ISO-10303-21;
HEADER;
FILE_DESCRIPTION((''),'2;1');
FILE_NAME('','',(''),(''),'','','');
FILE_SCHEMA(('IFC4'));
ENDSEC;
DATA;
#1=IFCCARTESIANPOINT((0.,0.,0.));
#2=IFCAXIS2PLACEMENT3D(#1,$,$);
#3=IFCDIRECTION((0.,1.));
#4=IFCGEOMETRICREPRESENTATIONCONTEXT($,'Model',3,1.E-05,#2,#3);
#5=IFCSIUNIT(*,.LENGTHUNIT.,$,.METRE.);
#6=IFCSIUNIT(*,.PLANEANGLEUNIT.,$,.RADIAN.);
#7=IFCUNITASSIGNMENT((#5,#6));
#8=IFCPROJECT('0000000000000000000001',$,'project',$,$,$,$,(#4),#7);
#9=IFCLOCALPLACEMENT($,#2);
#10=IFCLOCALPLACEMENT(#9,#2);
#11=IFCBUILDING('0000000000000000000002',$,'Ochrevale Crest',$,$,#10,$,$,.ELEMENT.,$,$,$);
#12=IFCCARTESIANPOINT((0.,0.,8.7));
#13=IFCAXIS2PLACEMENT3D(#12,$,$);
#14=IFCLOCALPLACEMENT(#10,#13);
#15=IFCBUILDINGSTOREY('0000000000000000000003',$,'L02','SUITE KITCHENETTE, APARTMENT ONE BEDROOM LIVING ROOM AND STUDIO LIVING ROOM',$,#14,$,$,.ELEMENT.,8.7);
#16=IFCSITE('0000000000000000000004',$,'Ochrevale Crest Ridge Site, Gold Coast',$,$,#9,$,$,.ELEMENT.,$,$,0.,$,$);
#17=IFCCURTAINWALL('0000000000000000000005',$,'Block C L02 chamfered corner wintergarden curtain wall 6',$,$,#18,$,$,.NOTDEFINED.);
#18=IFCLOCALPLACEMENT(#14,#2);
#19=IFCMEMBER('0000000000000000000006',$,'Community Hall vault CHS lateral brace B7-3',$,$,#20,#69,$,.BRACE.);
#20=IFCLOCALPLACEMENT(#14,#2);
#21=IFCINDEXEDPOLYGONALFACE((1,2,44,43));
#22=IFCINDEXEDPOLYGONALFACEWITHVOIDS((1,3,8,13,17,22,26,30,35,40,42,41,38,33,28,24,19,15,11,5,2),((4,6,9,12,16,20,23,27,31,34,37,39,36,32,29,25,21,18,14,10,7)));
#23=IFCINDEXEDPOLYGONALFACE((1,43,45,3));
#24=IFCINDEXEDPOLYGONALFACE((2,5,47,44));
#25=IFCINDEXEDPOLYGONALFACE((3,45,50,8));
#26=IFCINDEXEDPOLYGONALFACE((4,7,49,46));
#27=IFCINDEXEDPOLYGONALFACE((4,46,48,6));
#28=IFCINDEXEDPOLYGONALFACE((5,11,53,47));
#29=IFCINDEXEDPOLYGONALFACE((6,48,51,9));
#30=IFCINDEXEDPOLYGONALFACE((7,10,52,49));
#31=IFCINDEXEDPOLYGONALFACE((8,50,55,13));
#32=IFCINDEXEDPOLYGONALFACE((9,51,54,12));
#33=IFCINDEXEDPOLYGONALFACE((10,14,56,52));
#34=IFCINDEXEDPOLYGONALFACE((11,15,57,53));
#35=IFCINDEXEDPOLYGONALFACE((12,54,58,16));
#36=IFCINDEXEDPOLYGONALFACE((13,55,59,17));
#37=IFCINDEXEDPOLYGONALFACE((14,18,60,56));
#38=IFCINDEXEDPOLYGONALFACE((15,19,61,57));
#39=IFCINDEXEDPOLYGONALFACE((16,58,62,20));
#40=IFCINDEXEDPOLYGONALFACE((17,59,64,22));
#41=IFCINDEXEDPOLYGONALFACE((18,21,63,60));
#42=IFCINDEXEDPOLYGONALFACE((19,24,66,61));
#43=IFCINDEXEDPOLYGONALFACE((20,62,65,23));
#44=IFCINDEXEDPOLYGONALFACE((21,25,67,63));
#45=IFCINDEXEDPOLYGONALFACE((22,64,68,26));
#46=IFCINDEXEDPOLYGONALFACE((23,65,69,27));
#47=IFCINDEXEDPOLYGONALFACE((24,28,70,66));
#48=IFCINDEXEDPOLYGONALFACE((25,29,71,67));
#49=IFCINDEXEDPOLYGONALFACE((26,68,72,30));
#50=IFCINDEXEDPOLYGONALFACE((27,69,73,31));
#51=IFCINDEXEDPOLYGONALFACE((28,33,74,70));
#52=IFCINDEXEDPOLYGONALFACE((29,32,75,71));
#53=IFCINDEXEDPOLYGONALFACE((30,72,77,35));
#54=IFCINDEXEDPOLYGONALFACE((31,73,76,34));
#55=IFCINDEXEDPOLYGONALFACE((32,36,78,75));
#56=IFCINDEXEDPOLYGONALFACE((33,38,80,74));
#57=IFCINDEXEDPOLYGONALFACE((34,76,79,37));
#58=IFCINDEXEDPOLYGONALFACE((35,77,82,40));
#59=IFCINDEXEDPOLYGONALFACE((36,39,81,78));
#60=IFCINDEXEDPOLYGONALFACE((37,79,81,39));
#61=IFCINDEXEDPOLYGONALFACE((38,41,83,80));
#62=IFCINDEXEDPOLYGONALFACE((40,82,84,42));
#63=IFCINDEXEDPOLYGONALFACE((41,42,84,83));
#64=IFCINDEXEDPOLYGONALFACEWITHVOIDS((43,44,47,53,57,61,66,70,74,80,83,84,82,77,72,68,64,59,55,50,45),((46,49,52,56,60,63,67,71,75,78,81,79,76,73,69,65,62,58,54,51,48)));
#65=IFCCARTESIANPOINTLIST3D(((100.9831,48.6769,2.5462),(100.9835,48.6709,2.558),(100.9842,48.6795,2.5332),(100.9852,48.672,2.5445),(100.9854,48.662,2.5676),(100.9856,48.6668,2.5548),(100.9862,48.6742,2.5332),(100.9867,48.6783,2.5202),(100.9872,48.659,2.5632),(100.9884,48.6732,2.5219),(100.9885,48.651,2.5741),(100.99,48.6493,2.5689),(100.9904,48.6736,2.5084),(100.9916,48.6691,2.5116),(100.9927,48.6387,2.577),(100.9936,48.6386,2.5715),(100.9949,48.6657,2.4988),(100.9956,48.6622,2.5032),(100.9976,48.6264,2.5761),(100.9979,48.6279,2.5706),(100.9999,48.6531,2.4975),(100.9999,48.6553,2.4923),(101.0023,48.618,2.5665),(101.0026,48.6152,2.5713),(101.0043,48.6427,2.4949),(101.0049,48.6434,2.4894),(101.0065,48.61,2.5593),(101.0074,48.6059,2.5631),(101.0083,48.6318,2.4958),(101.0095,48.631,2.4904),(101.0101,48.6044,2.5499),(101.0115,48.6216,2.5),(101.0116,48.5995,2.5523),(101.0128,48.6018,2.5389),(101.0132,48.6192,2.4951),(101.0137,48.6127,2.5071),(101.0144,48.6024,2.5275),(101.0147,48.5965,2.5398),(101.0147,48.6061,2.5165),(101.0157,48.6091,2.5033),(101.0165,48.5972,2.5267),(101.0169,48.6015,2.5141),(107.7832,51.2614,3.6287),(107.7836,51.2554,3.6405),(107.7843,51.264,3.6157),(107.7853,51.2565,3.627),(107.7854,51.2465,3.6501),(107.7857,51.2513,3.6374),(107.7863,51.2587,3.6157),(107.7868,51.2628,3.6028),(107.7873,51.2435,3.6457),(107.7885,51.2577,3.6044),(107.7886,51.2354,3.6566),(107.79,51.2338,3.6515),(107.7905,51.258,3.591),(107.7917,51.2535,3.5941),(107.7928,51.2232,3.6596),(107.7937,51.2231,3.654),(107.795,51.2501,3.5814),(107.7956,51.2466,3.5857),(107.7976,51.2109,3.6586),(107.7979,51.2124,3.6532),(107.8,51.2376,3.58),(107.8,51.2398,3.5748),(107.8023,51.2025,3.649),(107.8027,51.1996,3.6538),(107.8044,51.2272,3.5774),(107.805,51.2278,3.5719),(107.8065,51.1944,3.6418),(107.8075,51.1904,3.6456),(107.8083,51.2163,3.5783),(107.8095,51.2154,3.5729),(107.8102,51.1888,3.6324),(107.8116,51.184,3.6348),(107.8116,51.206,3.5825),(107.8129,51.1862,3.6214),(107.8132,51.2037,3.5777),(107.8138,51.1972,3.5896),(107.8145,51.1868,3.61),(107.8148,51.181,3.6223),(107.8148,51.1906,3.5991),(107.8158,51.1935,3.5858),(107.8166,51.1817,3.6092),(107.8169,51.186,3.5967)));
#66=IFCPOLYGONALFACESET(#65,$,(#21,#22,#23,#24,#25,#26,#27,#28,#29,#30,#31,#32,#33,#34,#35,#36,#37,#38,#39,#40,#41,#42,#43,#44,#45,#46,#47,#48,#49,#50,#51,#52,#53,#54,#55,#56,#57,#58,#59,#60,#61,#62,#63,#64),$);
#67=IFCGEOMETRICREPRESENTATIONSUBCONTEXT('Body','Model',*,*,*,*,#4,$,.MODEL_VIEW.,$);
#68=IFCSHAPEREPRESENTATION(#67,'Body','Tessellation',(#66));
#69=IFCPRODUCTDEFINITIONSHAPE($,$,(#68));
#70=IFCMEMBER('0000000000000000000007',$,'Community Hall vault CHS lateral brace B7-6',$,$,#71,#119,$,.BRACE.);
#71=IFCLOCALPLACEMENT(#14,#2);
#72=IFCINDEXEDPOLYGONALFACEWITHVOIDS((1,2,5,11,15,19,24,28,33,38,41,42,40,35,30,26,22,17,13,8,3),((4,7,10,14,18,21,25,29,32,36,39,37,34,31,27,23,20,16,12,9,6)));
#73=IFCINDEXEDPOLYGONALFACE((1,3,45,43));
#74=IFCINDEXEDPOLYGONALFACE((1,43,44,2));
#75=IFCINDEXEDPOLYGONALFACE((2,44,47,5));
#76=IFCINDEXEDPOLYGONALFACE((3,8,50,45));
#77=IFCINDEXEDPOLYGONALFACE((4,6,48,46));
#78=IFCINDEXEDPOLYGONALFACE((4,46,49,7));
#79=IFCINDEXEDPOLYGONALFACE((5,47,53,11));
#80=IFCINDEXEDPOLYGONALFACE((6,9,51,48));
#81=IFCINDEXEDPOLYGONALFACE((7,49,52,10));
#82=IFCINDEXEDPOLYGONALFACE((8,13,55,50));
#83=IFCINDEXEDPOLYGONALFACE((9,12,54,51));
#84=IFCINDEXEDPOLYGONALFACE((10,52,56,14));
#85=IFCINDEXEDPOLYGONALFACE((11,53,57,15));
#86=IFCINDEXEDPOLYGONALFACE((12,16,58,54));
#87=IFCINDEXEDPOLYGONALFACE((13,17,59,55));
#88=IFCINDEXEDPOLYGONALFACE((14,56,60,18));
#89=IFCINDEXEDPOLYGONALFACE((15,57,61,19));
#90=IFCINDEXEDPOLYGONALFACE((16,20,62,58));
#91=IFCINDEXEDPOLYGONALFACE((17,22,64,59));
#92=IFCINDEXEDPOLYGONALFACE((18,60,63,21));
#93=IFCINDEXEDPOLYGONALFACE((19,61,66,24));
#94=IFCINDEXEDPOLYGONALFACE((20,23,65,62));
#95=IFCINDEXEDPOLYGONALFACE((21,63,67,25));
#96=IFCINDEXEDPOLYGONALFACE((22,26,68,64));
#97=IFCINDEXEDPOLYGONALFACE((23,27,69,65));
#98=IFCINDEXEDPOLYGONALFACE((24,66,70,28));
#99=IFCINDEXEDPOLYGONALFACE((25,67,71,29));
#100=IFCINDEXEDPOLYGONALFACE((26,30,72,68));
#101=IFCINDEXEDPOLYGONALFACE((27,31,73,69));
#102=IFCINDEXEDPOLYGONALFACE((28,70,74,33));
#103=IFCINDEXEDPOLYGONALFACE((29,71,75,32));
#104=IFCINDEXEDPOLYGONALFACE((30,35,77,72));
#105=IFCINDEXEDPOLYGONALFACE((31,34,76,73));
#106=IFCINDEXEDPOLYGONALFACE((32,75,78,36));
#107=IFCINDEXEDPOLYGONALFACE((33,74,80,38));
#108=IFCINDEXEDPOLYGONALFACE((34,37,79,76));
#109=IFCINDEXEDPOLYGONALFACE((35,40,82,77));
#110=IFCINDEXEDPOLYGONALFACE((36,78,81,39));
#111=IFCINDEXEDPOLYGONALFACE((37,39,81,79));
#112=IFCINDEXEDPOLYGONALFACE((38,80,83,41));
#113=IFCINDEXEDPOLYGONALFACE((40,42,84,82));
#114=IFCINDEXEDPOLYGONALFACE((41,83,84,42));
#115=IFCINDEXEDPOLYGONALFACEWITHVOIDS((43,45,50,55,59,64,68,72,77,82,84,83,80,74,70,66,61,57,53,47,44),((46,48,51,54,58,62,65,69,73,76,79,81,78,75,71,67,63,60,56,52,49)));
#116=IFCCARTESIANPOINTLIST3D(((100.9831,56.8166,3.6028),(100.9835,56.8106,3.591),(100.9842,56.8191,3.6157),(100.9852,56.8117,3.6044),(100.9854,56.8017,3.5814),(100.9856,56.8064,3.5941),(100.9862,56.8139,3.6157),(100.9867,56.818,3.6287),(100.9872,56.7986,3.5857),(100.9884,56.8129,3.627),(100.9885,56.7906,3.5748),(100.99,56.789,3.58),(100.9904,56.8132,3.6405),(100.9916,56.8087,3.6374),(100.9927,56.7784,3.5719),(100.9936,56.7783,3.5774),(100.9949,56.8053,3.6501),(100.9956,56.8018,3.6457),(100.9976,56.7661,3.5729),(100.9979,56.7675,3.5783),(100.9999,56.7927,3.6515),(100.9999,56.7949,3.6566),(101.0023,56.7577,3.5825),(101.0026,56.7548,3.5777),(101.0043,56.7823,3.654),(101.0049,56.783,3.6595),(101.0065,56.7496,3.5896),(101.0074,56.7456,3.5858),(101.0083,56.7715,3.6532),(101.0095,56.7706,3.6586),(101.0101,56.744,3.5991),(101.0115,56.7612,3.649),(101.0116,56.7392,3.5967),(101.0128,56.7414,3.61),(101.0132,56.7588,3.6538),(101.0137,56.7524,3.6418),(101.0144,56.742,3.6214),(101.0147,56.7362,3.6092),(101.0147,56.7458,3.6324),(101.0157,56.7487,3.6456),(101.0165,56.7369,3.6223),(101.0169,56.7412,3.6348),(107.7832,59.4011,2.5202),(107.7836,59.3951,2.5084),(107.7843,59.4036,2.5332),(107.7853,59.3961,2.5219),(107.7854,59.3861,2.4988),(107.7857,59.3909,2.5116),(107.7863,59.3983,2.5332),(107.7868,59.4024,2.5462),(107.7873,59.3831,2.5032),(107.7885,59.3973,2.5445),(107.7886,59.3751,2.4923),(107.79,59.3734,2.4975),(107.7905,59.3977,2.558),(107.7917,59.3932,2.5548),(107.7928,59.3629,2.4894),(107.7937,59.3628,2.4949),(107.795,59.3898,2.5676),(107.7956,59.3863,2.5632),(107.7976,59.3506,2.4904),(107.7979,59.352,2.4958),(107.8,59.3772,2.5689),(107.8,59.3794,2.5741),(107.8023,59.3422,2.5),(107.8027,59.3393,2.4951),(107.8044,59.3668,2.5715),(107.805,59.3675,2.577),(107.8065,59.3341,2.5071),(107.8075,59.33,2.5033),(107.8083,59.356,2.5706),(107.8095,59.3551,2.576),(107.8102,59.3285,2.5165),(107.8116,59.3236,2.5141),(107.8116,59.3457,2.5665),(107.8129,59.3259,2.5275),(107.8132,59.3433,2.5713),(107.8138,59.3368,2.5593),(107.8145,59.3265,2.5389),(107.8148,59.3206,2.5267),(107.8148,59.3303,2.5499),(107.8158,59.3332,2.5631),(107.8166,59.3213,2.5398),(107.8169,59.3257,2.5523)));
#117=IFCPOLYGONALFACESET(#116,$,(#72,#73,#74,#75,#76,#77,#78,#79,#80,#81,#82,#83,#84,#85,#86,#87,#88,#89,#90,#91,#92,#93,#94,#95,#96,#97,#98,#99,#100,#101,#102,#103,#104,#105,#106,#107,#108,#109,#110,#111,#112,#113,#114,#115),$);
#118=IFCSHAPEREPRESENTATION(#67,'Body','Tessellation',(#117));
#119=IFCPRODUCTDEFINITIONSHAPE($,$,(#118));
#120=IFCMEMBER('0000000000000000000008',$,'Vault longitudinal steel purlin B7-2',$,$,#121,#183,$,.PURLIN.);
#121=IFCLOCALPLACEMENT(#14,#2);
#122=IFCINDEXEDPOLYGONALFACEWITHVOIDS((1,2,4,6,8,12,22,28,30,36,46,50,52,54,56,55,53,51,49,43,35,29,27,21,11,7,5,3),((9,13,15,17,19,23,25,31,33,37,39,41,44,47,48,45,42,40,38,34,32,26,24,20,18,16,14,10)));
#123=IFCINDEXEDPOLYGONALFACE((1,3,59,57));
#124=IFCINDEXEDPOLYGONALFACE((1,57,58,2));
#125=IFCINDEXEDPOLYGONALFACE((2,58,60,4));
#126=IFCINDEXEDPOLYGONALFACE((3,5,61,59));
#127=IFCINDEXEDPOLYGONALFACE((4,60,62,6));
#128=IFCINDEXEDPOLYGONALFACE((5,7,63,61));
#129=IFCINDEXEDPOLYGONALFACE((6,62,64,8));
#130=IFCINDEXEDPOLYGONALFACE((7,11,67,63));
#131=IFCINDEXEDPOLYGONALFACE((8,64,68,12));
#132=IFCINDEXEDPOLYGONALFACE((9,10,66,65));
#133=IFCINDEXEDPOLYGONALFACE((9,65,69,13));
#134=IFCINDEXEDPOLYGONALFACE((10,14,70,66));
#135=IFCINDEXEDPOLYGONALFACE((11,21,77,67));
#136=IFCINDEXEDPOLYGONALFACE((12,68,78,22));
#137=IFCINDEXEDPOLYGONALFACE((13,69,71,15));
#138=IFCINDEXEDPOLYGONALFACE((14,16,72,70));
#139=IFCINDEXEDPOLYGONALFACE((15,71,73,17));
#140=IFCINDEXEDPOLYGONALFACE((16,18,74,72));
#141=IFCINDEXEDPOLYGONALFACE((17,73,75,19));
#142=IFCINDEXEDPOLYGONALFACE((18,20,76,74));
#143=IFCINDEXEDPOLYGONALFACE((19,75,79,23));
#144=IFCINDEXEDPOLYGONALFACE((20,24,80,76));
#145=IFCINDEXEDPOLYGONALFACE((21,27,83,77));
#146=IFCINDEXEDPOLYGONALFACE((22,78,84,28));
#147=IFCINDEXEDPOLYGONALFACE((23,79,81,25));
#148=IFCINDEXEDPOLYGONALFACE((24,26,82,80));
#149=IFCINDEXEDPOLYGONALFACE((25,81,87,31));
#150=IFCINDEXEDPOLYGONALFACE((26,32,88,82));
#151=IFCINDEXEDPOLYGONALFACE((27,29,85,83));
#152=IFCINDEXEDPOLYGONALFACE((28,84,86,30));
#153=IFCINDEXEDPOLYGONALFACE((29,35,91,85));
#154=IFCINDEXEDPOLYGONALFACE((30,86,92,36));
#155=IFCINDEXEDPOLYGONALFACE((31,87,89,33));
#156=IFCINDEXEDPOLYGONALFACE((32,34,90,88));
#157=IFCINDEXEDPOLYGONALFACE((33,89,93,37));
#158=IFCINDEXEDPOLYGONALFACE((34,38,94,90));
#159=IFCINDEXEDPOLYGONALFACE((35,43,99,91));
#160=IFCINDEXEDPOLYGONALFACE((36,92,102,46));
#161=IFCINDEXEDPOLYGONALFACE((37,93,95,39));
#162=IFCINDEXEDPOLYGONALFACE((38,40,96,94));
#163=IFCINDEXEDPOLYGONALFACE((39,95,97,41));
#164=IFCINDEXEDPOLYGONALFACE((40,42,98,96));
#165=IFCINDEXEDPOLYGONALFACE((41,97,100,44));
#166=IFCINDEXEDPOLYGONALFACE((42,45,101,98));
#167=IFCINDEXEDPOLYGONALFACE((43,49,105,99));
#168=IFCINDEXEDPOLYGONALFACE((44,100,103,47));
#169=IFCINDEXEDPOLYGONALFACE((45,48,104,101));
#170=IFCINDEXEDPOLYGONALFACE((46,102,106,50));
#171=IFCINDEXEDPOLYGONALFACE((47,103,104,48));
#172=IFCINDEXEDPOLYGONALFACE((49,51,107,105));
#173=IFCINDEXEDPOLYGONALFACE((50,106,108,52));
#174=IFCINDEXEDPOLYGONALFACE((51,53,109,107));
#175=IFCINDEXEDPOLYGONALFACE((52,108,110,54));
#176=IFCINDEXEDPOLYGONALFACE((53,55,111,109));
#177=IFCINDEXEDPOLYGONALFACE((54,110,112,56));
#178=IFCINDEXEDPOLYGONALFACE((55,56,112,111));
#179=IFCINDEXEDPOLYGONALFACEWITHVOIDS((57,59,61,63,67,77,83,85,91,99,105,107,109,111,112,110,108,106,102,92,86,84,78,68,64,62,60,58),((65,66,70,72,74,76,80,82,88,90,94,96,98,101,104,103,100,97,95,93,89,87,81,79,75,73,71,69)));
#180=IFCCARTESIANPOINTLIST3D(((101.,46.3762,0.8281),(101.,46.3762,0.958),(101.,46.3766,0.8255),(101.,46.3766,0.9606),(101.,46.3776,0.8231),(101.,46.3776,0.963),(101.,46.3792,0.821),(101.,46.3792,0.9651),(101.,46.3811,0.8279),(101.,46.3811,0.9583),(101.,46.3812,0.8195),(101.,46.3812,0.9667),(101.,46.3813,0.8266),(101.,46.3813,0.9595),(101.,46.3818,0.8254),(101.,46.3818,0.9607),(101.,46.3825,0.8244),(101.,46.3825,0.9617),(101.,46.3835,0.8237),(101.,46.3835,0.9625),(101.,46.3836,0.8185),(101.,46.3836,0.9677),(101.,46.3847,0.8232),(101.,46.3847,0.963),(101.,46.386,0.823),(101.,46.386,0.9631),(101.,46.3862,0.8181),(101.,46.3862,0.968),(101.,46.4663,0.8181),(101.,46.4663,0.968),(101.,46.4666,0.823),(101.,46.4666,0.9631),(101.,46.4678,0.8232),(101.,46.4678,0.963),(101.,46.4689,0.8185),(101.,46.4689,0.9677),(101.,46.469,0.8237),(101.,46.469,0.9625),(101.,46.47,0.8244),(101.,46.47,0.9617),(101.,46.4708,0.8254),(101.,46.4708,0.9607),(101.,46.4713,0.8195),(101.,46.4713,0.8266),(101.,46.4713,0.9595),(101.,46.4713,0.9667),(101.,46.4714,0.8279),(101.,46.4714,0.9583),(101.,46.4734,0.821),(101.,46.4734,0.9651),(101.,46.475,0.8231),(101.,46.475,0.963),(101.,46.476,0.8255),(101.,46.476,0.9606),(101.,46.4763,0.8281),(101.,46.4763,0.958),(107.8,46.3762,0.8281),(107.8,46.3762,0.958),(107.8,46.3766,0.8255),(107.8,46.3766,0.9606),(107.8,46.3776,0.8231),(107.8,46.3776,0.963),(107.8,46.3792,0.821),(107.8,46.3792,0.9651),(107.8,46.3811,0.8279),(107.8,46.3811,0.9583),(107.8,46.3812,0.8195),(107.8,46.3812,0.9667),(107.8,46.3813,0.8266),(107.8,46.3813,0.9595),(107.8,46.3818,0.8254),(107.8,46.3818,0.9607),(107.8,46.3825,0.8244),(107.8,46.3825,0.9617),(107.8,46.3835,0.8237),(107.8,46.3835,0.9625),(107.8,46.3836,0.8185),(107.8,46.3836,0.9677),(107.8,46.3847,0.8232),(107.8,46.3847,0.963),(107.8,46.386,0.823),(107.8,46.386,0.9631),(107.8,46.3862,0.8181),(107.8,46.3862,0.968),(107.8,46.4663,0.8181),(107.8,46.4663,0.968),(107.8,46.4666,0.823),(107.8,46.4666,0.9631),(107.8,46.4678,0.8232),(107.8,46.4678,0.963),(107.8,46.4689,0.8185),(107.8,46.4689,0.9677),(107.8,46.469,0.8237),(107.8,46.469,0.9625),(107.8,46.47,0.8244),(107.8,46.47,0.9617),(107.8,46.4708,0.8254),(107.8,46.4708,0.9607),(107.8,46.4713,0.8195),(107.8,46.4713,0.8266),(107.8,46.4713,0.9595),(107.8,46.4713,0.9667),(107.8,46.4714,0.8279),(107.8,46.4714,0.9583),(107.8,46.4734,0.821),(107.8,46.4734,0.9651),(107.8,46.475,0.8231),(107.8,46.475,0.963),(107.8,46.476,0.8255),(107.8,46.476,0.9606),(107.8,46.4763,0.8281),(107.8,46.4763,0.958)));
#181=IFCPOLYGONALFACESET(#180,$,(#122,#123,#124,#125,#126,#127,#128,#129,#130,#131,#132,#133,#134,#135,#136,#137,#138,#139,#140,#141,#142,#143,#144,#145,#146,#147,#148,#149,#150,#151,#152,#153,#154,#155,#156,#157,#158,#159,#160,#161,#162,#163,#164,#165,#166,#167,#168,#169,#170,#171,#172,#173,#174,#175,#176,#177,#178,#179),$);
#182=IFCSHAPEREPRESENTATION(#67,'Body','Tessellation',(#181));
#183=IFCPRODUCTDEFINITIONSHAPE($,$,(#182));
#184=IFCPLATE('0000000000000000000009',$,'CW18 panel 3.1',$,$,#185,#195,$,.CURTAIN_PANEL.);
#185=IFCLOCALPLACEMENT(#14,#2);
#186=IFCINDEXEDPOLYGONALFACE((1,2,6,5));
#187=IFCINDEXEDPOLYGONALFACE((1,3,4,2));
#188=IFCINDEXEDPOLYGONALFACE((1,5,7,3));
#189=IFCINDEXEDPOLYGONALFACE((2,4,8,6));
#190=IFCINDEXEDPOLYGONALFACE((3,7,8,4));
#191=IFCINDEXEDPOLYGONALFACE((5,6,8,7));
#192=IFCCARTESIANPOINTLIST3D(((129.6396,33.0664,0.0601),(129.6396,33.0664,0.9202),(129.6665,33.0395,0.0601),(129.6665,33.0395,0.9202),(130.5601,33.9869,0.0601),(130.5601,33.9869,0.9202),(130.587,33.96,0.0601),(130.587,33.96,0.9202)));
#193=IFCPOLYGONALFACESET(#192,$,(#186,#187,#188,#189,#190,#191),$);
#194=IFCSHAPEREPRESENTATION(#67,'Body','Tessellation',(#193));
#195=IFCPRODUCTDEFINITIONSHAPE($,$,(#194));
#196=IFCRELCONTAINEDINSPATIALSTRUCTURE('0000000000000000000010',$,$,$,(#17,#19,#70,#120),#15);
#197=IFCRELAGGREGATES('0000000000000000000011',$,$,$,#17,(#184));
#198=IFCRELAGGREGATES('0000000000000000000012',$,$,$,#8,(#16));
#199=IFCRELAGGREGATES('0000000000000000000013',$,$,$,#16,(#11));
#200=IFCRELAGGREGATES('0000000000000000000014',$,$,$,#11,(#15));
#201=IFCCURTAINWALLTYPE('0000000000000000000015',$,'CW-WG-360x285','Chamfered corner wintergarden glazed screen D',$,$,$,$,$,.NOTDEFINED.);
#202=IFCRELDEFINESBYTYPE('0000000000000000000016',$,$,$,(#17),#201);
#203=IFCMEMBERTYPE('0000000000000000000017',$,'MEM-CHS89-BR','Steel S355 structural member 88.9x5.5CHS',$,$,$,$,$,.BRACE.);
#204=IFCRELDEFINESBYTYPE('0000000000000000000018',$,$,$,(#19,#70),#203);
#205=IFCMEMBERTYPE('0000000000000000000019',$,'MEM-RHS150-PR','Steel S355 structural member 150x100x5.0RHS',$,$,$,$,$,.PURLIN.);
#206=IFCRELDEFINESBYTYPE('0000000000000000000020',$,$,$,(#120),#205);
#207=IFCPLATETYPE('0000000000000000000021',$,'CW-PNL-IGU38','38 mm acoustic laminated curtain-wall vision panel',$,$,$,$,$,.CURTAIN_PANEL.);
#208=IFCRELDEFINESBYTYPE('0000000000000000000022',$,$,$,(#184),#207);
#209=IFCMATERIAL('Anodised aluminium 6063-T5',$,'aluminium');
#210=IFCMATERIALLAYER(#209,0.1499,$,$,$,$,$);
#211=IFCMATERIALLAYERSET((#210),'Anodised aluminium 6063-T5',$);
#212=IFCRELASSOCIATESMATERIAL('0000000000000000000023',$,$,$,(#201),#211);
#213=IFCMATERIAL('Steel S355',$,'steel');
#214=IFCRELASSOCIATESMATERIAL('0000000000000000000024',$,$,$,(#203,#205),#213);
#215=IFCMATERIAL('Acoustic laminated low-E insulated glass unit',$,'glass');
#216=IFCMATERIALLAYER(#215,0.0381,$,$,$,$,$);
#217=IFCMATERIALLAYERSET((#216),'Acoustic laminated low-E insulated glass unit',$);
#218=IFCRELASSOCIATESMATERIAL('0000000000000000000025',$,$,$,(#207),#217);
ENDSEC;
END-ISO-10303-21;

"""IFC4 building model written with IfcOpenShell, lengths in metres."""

from ifc_helpers import new_model, si_unit, direction, frame, origin, origin_2d, place, context, subcontext, project, spatial, rectangle, hollow_rectangle, hollow_circle, extrude, material, layer, layer_set, material_profile, profile_set, type_object, element, aggregate, save


model = new_model("IFC4")

# Units and contexts
model_context = context("Model", 3, precision=1e-05, world=origin(), true_north=direction((0.0, 1.0)))
body_context = subcontext(model_context, "Body", "Model", "MODEL_VIEW")
ifc_project = project(units=[si_unit("LENGTHUNIT", "METRE"), si_unit("PLANEANGLEUNIT", "RADIAN")], contexts=[model_context])

# Site, building, storey
site_placement = place(None, origin())
site = spatial("IfcSite", under=ifc_project, at=site_placement, Name="Ochrevale Crest Ridge Site, Gold Coast", CompositionType="ELEMENT", RefElevation=0.0)
building_placement = place(site_placement, origin())
building = spatial("IfcBuilding", under=site, at=building_placement, Name="Ochrevale Crest", CompositionType="ELEMENT")
storey_placement = place(building_placement, frame((0.0, 0.0, 8.7)))
storey = spatial("IfcBuildingStorey", under=building, at=storey_placement, Name="L02", Description="SUITE KITCHENETTE, APARTMENT ONE BEDROOM LIVING ROOM AND STUDIO LIVING ROOM", CompositionType="ELEMENT", Elevation=8.7)

# Curtain wall
ifc_material_1 = material(Name="Anodised aluminium 6063-T5", Category="aluminium")
ifc_layer_1 = layer(ifc_material_1, 0.1499)
ifc_layer_set_1 = layer_set([ifc_layer_1], Name="Anodised aluminium 6063-T5")
curtain_wall_type = type_object("IfcCurtainWallType", Name="CW-WG-360x285", Description="Chamfered corner wintergarden glazed screen D", PredefinedType="NOTDEFINED", material=ifc_layer_set_1)
curtain_wall_placement = place(storey_placement, origin())
curtain_wall = element("IfcCurtainWall", 1, at=curtain_wall_placement, inside=storey, type_object=curtain_wall_type, Name="Block C L02 chamfered corner wintergarden curtain wall 6", PredefinedType="NOTDEFINED")

# Members
ifc_material_2 = material(Name="Steel S355", Category="steel")
ifc_material_profile_1 = material_profile(ifc_material_2, hollow_circle(Radius=0.0444, WallThickness=0.0056, at=origin_2d()), Name="88.9x5.5CHS")
ifc_profile_set_1 = profile_set([ifc_material_profile_1], Name="Steel S355")
member_type_1 = type_object("IfcMemberType", Name="MEM-CHS89-BR", Description="Steel S355 structural member 88.9x5.5CHS", PredefinedType="BRACE", material=ifc_profile_set_1)
for number, where, z_axis, x_axis, name in (
    (2, (101.0, 48.6379, 2.5332), (0.924582, 0.351403, 0.147187), (-0.355272, 0.934763, 0.0), "Community Hall vault CHS lateral brace B7-3"),
    (3, (101.0, 56.7776, 3.6157), (0.924582, 0.351403, -0.147187), (-0.355272, 0.934763, 0.0), "Community Hall vault CHS lateral brace B7-6"),
):
    element("IfcMember", number, at=place(storey_placement, frame(where, z_axis=z_axis, x_axis=x_axis)), inside=storey, type_object=member_type_1, Name=name, PredefinedType="BRACE", context=body_context, shape_type="SweptSolid", body=[
        extrude(hollow_circle(Radius=0.0444, WallThickness=0.0056, at=origin_2d()), origin(), (0.0, 0.0, 1.0), 7.3547),
    ])
ifc_material_profile_2 = material_profile(ifc_material_2, hollow_rectangle(XDim=0.1001, YDim=0.1499, WallThickness=0.0049, InnerFilletRadius=0.0049, OuterFilletRadius=0.01, at=origin_2d()), Name="150x100x5.0RHS")
ifc_profile_set_2 = profile_set([ifc_material_profile_2], Name="Steel S355")
member_type_2 = type_object("IfcMemberType", Name="MEM-RHS150-PR", Description="Steel S355 structural member 150x100x5.0RHS", PredefinedType="PURLIN", material=ifc_profile_set_2)
member_1_placement = place(storey_placement, frame((101.0, 46.4263, 0.8931), z_axis=(1.0, 0.0, 0.0), x_axis=(0.0, 1.0, 0.0)))
element("IfcMember", 4, at=member_1_placement, inside=storey, type_object=member_type_2, Name="Vault longitudinal steel purlin B7-2", PredefinedType="PURLIN", context=body_context, shape_type="SweptSolid", body=[
    extrude(hollow_rectangle(XDim=0.1001, YDim=0.1499, WallThickness=0.0049, InnerFilletRadius=0.0049, OuterFilletRadius=0.01, at=origin_2d()), origin(), (0.0, 0.0, 1.0), 6.8),
])

# Plate
ifc_material_3 = material(Name="Acoustic laminated low-E insulated glass unit", Category="glass")
ifc_layer_2 = layer(ifc_material_3, 0.0381)
ifc_layer_set_2 = layer_set([ifc_layer_2], Name="Acoustic laminated low-E insulated glass unit")
plate_type_1 = type_object("IfcPlateType", Name="CW-PNL-IGU38", Description="38 mm acoustic laminated curtain-wall vision panel", PredefinedType="CURTAIN_PANEL", material=ifc_layer_set_2)
plate_1_placement = place(storey_placement, frame((130.1133, 33.5132, 0.0601), z_axis=(0.0, 0.0, 1.0), x_axis=(-0.707107, -0.707107, 0.0)))
plate_1 = element("IfcPlate", 5, at=plate_1_placement, type_object=plate_type_1, Name="CW18 panel 3.1", PredefinedType="CURTAIN_PANEL", context=body_context, shape_type="SweptSolid", body=[
    extrude(rectangle(XDim=1.3018, YDim=0.0381, at=origin_2d()), origin(), (0.0, 0.0, 1.0), 0.8601),
])
aggregate(curtain_wall, [plate_1])

save(model, "model.ifc")
